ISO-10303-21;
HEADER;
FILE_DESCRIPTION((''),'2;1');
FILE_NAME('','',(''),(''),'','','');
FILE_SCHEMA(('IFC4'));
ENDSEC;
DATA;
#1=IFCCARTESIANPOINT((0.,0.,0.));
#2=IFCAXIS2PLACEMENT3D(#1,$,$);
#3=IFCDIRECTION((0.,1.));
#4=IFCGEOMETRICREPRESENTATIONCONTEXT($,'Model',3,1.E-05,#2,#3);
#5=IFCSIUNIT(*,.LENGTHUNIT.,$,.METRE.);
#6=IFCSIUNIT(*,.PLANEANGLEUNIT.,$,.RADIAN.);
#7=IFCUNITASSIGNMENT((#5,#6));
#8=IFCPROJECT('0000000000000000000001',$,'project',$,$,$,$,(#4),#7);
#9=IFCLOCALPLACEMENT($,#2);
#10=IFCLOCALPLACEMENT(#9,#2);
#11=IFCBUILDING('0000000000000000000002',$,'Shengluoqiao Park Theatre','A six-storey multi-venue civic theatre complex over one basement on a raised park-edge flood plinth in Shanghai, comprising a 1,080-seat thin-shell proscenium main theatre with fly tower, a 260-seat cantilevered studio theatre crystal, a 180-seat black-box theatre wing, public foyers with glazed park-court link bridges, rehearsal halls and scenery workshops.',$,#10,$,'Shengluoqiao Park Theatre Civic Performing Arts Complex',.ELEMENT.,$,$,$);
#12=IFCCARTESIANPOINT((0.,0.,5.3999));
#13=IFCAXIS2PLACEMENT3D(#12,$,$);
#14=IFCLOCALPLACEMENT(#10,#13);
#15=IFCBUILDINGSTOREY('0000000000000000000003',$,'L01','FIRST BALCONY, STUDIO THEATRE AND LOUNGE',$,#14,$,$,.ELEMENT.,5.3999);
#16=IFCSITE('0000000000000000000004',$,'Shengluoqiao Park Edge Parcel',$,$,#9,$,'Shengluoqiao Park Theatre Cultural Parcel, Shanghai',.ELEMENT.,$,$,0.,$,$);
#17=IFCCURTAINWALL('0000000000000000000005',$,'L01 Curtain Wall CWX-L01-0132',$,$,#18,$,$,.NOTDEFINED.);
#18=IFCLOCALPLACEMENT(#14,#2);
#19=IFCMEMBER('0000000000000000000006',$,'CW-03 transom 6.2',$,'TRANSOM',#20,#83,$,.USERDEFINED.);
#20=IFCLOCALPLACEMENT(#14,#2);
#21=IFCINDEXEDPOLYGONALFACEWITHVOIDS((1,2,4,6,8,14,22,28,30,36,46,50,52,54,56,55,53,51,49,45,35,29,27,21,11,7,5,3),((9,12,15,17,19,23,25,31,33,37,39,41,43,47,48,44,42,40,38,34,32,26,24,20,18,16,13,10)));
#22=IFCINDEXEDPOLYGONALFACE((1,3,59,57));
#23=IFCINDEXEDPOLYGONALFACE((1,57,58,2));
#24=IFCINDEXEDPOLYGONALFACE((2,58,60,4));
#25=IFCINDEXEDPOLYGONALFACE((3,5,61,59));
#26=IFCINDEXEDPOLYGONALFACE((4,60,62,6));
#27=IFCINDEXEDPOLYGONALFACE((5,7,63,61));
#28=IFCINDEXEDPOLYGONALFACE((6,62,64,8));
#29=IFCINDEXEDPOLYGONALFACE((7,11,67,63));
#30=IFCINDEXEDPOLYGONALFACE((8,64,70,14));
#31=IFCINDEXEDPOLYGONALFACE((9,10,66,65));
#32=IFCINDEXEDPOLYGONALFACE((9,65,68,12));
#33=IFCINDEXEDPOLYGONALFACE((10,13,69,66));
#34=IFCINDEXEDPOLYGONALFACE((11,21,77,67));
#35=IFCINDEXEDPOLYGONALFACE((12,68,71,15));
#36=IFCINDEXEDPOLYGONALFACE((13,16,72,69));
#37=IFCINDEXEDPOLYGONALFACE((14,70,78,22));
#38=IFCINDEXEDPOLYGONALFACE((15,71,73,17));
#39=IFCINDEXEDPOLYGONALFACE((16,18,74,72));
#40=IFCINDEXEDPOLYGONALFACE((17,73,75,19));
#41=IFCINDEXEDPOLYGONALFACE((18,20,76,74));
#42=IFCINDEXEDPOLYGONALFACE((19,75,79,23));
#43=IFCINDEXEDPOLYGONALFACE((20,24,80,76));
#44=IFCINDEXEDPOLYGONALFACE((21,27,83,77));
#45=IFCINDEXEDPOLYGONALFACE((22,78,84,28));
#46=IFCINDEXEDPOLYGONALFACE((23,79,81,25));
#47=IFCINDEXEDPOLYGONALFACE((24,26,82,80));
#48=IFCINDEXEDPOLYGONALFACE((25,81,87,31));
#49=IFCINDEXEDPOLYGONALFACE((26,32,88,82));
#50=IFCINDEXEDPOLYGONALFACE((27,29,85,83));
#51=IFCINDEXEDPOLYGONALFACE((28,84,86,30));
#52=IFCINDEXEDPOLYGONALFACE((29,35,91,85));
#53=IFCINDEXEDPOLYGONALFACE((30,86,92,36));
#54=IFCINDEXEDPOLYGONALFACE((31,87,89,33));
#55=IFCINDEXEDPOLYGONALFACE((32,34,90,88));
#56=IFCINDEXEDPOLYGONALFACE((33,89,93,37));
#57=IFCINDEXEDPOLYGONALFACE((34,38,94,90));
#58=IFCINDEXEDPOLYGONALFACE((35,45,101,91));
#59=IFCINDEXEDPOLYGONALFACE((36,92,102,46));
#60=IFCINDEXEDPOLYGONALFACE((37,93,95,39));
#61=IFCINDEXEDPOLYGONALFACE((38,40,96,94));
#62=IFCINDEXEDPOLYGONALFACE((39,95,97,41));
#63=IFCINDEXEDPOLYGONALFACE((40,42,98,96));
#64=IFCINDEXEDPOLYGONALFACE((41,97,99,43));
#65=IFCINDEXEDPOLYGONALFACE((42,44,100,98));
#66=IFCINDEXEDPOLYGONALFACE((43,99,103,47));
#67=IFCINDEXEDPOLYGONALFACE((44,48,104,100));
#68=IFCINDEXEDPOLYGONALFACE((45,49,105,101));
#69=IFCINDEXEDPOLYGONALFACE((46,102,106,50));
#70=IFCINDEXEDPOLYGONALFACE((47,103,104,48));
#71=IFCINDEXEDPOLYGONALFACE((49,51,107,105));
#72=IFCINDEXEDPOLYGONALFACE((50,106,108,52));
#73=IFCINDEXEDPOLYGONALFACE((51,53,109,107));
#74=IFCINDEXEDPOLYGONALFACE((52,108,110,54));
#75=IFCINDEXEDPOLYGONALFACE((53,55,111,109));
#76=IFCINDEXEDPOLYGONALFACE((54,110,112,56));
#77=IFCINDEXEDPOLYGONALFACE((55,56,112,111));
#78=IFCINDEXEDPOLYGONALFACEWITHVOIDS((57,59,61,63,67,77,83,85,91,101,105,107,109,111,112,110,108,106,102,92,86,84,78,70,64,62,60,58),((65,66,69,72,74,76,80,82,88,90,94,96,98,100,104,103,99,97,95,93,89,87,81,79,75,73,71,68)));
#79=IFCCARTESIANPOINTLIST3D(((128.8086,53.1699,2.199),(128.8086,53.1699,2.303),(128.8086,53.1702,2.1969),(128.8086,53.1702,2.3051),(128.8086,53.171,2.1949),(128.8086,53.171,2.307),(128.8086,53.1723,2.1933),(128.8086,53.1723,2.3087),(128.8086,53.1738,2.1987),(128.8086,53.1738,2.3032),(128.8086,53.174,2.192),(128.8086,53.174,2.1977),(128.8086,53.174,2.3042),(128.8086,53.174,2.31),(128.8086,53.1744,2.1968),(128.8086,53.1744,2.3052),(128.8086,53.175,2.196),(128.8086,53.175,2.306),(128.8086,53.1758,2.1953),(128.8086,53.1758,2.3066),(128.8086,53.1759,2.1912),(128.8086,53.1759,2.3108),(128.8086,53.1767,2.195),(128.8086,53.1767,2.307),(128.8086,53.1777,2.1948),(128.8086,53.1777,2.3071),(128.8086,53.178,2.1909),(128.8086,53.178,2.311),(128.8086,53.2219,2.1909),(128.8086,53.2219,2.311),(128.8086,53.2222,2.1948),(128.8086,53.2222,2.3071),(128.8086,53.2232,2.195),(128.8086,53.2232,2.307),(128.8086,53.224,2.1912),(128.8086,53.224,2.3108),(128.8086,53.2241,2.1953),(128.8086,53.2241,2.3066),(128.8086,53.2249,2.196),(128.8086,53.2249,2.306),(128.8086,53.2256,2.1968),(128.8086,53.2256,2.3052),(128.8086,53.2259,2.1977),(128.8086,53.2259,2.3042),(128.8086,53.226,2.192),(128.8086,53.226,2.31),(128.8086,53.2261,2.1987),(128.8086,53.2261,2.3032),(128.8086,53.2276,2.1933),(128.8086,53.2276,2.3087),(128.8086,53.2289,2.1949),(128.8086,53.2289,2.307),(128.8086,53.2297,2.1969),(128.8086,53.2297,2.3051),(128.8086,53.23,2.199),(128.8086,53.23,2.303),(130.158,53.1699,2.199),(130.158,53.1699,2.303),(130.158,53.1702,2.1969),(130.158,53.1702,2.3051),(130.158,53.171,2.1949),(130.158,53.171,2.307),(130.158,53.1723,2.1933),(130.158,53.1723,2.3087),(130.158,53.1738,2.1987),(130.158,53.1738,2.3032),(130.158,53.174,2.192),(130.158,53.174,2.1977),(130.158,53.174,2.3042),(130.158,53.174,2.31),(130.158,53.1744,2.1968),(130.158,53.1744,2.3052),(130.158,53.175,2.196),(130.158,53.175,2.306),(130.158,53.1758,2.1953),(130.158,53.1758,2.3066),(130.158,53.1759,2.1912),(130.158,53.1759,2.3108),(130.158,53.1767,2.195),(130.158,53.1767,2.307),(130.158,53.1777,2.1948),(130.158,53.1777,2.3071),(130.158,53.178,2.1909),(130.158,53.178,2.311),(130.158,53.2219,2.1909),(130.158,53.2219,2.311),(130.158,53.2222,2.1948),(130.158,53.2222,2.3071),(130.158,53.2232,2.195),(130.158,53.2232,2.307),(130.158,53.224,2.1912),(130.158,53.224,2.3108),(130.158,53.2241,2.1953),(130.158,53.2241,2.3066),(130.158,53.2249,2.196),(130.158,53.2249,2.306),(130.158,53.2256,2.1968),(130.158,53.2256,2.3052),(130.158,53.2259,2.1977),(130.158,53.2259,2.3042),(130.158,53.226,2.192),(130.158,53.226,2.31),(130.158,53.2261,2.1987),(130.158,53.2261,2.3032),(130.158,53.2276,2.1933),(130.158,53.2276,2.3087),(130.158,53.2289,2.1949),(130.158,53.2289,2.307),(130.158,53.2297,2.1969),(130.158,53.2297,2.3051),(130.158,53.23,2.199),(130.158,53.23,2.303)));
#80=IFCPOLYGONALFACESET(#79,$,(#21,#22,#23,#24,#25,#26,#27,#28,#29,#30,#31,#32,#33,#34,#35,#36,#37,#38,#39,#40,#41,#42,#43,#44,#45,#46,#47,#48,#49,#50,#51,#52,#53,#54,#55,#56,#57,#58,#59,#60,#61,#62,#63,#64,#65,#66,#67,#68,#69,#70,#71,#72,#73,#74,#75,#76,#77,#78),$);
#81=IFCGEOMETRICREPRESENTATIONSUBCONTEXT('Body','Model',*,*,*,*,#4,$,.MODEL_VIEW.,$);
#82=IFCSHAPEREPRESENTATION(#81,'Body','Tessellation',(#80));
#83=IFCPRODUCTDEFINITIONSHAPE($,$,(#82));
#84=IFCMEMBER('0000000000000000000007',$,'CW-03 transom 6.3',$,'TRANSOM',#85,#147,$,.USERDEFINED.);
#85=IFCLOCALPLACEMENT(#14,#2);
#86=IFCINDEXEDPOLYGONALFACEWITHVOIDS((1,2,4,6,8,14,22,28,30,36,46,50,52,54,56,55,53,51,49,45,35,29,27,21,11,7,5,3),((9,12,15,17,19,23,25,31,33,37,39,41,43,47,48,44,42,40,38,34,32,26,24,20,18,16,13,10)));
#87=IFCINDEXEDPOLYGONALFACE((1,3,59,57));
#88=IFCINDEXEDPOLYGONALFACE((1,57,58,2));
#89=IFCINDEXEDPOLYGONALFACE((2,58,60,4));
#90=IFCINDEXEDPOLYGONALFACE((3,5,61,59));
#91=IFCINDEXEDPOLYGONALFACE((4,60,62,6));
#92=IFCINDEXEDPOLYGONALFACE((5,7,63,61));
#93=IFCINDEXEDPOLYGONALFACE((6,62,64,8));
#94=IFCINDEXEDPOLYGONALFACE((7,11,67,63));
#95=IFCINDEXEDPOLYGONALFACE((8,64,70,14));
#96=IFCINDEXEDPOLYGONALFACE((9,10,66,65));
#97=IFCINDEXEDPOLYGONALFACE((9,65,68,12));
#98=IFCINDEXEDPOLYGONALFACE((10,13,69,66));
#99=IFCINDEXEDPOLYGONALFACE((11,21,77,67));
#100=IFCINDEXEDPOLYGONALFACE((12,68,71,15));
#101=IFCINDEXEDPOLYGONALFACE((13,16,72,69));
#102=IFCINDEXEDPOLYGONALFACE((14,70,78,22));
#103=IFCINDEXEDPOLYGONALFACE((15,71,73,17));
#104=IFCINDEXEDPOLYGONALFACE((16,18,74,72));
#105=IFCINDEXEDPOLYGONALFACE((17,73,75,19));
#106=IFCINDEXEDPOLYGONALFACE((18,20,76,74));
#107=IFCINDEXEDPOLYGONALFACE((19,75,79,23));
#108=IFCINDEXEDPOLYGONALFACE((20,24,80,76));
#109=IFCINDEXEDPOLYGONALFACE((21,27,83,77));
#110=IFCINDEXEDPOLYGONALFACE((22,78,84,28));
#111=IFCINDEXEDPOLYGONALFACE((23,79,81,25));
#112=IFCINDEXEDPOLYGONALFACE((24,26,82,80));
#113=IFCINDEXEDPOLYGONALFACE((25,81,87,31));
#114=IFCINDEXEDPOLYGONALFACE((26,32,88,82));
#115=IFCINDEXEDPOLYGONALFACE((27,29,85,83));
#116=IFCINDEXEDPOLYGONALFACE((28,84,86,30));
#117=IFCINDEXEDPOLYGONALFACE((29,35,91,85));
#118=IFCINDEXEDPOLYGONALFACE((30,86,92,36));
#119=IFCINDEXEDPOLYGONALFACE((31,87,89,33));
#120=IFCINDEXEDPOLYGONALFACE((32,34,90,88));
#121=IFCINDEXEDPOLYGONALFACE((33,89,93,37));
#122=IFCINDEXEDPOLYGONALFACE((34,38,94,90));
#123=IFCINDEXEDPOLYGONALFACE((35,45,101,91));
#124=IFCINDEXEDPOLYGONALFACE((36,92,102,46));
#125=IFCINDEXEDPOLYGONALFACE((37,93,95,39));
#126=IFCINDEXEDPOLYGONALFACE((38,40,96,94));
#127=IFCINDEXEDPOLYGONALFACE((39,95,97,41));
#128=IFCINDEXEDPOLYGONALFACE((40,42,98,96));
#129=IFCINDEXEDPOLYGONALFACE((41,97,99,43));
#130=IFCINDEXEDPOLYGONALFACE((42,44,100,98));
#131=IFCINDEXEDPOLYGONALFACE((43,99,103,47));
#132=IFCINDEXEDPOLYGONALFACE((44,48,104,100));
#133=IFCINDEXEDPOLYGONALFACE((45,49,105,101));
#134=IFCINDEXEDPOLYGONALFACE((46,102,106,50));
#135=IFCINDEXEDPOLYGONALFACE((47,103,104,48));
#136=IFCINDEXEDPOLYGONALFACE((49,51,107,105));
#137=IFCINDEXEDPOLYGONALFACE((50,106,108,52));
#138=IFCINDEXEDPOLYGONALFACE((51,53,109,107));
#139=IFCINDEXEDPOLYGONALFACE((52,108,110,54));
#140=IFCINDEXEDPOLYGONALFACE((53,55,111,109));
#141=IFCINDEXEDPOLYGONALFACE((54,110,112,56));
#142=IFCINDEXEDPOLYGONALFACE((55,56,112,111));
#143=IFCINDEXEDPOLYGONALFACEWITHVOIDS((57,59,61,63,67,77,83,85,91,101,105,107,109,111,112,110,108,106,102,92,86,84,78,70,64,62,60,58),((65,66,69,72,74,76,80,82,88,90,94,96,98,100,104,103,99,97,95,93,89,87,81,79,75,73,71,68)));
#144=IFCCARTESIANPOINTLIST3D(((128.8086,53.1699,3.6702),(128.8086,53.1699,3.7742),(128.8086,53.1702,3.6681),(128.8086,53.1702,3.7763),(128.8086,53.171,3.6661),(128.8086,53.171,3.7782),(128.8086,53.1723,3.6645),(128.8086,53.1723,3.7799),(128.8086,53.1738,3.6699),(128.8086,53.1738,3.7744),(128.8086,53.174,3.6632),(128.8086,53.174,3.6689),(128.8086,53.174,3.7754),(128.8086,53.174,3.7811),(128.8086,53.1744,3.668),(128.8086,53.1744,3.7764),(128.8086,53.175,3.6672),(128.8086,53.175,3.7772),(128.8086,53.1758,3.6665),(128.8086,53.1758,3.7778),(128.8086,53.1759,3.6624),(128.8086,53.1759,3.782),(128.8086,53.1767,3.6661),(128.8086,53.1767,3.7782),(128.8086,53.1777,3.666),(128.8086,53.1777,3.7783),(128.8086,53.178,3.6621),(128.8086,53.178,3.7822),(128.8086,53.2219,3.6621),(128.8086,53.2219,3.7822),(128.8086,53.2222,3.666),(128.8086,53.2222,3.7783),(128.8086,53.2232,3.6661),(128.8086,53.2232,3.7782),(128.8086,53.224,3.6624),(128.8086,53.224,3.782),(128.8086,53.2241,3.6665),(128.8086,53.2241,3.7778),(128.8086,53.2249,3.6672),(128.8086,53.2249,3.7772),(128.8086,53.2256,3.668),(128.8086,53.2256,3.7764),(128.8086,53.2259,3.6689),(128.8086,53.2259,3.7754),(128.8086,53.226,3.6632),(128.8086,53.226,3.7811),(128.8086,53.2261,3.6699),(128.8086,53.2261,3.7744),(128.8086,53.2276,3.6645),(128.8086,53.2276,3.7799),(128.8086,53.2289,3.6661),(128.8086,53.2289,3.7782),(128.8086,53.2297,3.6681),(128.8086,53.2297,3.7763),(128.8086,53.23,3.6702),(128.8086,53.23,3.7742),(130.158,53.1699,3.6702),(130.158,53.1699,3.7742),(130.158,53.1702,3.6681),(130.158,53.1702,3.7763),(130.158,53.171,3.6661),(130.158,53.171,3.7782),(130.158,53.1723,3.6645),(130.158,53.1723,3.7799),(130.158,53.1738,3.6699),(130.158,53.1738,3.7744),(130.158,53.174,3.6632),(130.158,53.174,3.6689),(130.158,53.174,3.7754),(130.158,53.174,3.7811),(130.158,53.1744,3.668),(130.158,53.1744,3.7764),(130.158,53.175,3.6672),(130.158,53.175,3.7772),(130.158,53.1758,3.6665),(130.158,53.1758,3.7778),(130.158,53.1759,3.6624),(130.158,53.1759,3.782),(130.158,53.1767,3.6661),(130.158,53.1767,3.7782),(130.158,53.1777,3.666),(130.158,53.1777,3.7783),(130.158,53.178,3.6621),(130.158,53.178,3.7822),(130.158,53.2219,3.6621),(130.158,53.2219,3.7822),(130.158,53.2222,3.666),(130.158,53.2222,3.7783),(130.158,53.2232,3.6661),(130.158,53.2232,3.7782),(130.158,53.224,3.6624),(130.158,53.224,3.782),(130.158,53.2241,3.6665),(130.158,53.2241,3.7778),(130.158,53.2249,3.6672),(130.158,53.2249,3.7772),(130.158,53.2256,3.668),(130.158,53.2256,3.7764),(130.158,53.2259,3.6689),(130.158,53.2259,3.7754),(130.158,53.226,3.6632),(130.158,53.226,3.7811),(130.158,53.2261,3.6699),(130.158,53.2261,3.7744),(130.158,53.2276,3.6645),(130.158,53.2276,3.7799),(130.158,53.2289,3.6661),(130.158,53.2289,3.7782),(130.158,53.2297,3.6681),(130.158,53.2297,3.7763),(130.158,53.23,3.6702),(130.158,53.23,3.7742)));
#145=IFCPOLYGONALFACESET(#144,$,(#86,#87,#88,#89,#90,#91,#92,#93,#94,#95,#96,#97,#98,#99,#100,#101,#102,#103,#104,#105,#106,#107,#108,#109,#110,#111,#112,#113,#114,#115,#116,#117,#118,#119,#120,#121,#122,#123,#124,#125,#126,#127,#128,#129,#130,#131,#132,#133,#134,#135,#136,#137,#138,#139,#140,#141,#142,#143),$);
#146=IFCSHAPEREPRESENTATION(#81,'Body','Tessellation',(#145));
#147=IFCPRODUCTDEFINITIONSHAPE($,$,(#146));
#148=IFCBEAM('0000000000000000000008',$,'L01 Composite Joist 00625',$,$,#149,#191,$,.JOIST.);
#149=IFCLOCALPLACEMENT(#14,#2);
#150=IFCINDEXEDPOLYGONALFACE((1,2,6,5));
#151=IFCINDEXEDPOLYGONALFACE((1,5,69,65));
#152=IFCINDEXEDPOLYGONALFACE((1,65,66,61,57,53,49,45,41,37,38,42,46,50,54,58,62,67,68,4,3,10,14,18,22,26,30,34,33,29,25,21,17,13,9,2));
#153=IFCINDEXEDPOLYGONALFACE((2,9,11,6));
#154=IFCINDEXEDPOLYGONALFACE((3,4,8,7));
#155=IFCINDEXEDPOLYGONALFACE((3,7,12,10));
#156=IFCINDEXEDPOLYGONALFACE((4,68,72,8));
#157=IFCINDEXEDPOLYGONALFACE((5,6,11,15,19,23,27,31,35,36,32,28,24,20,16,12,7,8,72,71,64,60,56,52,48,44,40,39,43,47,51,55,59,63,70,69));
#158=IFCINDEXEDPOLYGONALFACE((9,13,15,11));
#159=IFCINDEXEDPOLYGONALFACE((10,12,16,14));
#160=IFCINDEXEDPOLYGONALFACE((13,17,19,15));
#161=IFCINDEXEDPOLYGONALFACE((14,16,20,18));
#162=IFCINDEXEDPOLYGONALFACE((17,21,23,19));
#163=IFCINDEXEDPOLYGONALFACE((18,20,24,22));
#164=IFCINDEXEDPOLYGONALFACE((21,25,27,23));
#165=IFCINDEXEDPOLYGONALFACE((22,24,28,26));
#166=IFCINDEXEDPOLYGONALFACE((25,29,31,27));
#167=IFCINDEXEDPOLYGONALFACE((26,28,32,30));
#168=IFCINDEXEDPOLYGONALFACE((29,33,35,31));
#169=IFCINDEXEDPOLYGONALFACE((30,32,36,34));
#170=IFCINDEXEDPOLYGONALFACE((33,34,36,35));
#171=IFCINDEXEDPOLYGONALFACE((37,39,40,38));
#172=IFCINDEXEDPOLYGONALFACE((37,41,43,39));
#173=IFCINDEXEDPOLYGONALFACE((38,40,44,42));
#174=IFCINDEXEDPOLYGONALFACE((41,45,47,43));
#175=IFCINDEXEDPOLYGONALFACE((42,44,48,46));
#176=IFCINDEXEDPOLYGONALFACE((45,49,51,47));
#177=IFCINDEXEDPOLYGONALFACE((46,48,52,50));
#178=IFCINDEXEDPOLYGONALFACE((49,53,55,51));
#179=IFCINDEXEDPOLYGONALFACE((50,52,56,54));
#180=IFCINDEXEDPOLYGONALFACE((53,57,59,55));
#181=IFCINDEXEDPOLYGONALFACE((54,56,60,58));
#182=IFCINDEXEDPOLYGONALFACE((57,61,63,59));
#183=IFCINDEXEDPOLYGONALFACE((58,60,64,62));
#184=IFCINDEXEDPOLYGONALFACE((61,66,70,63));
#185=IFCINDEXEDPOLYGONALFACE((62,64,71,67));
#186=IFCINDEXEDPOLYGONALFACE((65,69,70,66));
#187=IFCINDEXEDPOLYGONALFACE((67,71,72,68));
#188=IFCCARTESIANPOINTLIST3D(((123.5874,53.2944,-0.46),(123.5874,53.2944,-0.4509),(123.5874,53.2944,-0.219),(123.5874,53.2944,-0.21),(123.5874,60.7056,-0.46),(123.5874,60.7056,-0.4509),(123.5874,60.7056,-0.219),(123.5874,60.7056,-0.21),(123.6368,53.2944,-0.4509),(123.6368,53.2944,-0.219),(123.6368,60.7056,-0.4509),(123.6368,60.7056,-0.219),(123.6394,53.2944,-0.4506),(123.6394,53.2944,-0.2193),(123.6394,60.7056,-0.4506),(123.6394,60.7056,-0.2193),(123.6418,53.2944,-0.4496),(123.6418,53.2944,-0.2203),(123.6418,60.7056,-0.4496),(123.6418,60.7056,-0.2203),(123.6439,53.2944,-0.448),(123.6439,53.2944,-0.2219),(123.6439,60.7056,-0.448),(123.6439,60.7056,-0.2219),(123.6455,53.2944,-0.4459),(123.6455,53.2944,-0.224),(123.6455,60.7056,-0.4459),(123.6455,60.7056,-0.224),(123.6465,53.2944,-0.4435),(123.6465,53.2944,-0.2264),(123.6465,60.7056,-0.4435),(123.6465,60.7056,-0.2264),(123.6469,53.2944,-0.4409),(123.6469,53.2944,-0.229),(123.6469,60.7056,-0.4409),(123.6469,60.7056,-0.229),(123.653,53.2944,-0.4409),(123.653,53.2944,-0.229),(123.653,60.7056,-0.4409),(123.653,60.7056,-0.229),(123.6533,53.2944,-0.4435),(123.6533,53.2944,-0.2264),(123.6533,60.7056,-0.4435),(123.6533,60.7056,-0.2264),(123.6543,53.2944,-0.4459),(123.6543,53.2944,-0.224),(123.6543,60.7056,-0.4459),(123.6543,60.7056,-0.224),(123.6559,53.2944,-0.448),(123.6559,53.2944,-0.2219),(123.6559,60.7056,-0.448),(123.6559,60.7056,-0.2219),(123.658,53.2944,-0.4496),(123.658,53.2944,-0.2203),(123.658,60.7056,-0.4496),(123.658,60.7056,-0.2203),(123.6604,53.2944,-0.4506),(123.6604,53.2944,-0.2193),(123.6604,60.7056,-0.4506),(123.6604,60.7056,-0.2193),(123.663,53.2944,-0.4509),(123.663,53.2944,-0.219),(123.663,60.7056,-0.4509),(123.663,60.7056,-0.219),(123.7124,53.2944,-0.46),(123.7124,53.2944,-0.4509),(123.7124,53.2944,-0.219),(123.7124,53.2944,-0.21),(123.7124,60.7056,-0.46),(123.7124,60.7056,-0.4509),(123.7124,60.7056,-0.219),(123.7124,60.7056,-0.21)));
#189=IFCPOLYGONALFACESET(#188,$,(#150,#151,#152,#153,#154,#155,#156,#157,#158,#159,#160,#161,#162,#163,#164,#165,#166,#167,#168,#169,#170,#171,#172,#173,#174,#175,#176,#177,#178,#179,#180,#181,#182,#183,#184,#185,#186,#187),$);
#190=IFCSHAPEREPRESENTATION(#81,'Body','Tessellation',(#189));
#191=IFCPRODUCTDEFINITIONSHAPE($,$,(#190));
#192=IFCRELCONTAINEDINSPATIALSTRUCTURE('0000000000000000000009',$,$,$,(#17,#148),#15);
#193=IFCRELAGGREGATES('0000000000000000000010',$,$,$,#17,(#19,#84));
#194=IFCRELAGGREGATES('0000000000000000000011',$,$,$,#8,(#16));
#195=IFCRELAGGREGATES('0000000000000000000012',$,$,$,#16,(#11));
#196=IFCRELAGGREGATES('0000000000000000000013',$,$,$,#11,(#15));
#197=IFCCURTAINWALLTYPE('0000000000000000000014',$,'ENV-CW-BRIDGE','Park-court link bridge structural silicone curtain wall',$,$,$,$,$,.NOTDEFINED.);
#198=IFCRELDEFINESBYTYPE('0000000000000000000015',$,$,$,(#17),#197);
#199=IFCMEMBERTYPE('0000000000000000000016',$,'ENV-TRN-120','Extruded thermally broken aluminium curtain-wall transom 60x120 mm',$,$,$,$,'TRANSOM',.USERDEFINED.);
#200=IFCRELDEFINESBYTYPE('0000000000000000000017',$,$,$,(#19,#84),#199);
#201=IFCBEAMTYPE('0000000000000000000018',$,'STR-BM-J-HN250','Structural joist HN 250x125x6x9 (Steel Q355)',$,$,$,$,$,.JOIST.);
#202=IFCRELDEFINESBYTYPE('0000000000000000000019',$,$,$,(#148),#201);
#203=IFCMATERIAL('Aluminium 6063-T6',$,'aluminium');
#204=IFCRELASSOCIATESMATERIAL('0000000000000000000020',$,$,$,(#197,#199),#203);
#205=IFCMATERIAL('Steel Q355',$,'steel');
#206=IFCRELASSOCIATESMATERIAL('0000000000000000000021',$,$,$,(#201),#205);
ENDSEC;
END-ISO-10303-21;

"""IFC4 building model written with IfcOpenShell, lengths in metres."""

from ifc_helpers import new_model, si_unit, direction, frame, origin, origin_2d, place, context, subcontext, project, spatial, hollow_rectangle, i_section, extrude, material, material_profile, profile_set, type_object, element, aggregate, save


model = new_model("IFC4")

# Units and contexts
model_context = context("Model", 3, precision=1e-05, world=origin(), true_north=direction((0.0, 1.0)))
body_context = subcontext(model_context, "Body", "Model", "MODEL_VIEW")
ifc_project = project(units=[si_unit("LENGTHUNIT", "METRE"), si_unit("PLANEANGLEUNIT", "RADIAN")], contexts=[model_context])

# Site, building, storey
site_placement = place(None, origin())
site = spatial("IfcSite", under=ifc_project, at=site_placement, Name="Shengluoqiao Park Edge Parcel", LongName="Shengluoqiao Park Theatre Cultural Parcel, Shanghai", CompositionType="ELEMENT", RefElevation=0.0)
building_placement = place(site_placement, origin())
building = spatial("IfcBuilding", under=site, at=building_placement, Name="Shengluoqiao Park Theatre", Description="A six-storey multi-venue civic theatre complex over one basement on a raised park-edge flood plinth in Shanghai, comprising a 1,080-seat thin-shell proscenium main theatre with fly tower, a 260-seat cantilevered studio theatre crystal, a 180-seat black-box theatre wing, public foyers with glazed park-court link bridges, rehearsal halls and scenery workshops.", LongName="Shengluoqiao Park Theatre Civic Performing Arts Complex", CompositionType="ELEMENT")
storey_placement = place(building_placement, frame((0.0, 0.0, 5.3999)))
storey = spatial("IfcBuildingStorey", under=building, at=storey_placement, Name="L01", Description="FIRST BALCONY, STUDIO THEATRE AND LOUNGE", CompositionType="ELEMENT", Elevation=5.3999)

# Curtain wall, members
ifc_material_1 = material(Name="Aluminium 6063-T6", Category="aluminium")
curtain_wall_type = type_object("IfcCurtainWallType", Name="ENV-CW-BRIDGE", Description="Park-court link bridge structural silicone curtain wall", PredefinedType="NOTDEFINED", material=ifc_material_1)
curtain_wall_placement = place(storey_placement, origin())
curtain_wall = element("IfcCurtainWall", 1, at=curtain_wall_placement, inside=storey, type_object=curtain_wall_type, Name="L01 Curtain Wall CWX-L01-0132", PredefinedType="NOTDEFINED")
ifc_material_profile_1 = material_profile(ifc_material_1, hollow_rectangle(XDim=0.0601, YDim=0.1201, WallThickness=0.0039, InnerFilletRadius=0.0039, OuterFilletRadius=0.0081, at=origin_2d()), Name="ALU TRANSOM 120x60x4")
ifc_profile_set_1 = profile_set([ifc_material_profile_1], Name="Aluminium 6063-T6")
member_type_1 = type_object("IfcMemberType", Name="ENV-TRN-120", Description="Extruded thermally broken aluminium curtain-wall transom 60x120 mm", ElementType="TRANSOM", PredefinedType="USERDEFINED", material=ifc_profile_set_1)
member_1_placement = place(storey_placement, frame((128.8086, 53.2, 2.251), z_axis=(1.0, 0.0, 0.0), x_axis=(0.0, 1.0, 0.0)))
member_1 = element("IfcMember", 2, at=member_1_placement, type_object=member_type_1, Name="CW-03 transom 6.2", ObjectType="TRANSOM", PredefinedType="USERDEFINED", context=body_context, shape_type="SweptSolid", body=[
    extrude(hollow_rectangle(XDim=0.0601, YDim=0.1201, WallThickness=0.0039, InnerFilletRadius=0.0039, OuterFilletRadius=0.0081, at=origin_2d()), origin(), (0.0, 0.0, 1.0), 1.3494),
])
member_2_placement = place(storey_placement, frame((128.8086, 53.2, 3.7222), z_axis=(1.0, 0.0, 0.0), x_axis=(0.0, 1.0, 0.0)))
member_2 = element("IfcMember", 3, at=member_2_placement, type_object=member_type_1, Name="CW-03 transom 6.3", ObjectType="TRANSOM", PredefinedType="USERDEFINED", context=body_context, shape_type="SweptSolid", body=[
    extrude(hollow_rectangle(XDim=0.0601, YDim=0.1201, WallThickness=0.0039, InnerFilletRadius=0.0039, OuterFilletRadius=0.0081, at=origin_2d()), origin(), (0.0, 0.0, 1.0), 1.3494),
])

# Beam
ifc_material_2 = material(Name="Steel Q355", Category="steel")
ifc_material_profile_2 = material_profile(ifc_material_2, i_section(OverallWidth=0.125, OverallDepth=0.25, WebThickness=0.0061, FlangeThickness=0.009, FilletRadius=0.01, at=origin_2d()), Name="HN 250x125x6x9")
ifc_profile_set_2 = profile_set([ifc_material_profile_2], Name="Steel Q355")
beam_type = type_object("IfcBeamType", Name="STR-BM-J-HN250", Description="Structural joist HN 250x125x6x9 (Steel Q355)", PredefinedType="JOIST", material=ifc_profile_set_2)
beam_placement = place(storey_placement, frame((123.6499, 53.2944, -0.335), z_axis=(0.0, 1.0, 0.0), x_axis=(-1.0, 0.0, 0.0)))
element("IfcBeam", 4, at=beam_placement, inside=storey, type_object=beam_type, Name="L01 Composite Joist 00625", PredefinedType="JOIST", context=body_context, shape_type="SweptSolid", body=[
    extrude(i_section(OverallWidth=0.125, OverallDepth=0.25, WebThickness=0.0061, FlangeThickness=0.009, FilletRadius=0.01, at=origin_2d()), origin(), (0.0, 0.0, 1.0), 7.4111),
])

aggregate(curtain_wall, [member_1, member_2])

save(model, "model.ifc")
